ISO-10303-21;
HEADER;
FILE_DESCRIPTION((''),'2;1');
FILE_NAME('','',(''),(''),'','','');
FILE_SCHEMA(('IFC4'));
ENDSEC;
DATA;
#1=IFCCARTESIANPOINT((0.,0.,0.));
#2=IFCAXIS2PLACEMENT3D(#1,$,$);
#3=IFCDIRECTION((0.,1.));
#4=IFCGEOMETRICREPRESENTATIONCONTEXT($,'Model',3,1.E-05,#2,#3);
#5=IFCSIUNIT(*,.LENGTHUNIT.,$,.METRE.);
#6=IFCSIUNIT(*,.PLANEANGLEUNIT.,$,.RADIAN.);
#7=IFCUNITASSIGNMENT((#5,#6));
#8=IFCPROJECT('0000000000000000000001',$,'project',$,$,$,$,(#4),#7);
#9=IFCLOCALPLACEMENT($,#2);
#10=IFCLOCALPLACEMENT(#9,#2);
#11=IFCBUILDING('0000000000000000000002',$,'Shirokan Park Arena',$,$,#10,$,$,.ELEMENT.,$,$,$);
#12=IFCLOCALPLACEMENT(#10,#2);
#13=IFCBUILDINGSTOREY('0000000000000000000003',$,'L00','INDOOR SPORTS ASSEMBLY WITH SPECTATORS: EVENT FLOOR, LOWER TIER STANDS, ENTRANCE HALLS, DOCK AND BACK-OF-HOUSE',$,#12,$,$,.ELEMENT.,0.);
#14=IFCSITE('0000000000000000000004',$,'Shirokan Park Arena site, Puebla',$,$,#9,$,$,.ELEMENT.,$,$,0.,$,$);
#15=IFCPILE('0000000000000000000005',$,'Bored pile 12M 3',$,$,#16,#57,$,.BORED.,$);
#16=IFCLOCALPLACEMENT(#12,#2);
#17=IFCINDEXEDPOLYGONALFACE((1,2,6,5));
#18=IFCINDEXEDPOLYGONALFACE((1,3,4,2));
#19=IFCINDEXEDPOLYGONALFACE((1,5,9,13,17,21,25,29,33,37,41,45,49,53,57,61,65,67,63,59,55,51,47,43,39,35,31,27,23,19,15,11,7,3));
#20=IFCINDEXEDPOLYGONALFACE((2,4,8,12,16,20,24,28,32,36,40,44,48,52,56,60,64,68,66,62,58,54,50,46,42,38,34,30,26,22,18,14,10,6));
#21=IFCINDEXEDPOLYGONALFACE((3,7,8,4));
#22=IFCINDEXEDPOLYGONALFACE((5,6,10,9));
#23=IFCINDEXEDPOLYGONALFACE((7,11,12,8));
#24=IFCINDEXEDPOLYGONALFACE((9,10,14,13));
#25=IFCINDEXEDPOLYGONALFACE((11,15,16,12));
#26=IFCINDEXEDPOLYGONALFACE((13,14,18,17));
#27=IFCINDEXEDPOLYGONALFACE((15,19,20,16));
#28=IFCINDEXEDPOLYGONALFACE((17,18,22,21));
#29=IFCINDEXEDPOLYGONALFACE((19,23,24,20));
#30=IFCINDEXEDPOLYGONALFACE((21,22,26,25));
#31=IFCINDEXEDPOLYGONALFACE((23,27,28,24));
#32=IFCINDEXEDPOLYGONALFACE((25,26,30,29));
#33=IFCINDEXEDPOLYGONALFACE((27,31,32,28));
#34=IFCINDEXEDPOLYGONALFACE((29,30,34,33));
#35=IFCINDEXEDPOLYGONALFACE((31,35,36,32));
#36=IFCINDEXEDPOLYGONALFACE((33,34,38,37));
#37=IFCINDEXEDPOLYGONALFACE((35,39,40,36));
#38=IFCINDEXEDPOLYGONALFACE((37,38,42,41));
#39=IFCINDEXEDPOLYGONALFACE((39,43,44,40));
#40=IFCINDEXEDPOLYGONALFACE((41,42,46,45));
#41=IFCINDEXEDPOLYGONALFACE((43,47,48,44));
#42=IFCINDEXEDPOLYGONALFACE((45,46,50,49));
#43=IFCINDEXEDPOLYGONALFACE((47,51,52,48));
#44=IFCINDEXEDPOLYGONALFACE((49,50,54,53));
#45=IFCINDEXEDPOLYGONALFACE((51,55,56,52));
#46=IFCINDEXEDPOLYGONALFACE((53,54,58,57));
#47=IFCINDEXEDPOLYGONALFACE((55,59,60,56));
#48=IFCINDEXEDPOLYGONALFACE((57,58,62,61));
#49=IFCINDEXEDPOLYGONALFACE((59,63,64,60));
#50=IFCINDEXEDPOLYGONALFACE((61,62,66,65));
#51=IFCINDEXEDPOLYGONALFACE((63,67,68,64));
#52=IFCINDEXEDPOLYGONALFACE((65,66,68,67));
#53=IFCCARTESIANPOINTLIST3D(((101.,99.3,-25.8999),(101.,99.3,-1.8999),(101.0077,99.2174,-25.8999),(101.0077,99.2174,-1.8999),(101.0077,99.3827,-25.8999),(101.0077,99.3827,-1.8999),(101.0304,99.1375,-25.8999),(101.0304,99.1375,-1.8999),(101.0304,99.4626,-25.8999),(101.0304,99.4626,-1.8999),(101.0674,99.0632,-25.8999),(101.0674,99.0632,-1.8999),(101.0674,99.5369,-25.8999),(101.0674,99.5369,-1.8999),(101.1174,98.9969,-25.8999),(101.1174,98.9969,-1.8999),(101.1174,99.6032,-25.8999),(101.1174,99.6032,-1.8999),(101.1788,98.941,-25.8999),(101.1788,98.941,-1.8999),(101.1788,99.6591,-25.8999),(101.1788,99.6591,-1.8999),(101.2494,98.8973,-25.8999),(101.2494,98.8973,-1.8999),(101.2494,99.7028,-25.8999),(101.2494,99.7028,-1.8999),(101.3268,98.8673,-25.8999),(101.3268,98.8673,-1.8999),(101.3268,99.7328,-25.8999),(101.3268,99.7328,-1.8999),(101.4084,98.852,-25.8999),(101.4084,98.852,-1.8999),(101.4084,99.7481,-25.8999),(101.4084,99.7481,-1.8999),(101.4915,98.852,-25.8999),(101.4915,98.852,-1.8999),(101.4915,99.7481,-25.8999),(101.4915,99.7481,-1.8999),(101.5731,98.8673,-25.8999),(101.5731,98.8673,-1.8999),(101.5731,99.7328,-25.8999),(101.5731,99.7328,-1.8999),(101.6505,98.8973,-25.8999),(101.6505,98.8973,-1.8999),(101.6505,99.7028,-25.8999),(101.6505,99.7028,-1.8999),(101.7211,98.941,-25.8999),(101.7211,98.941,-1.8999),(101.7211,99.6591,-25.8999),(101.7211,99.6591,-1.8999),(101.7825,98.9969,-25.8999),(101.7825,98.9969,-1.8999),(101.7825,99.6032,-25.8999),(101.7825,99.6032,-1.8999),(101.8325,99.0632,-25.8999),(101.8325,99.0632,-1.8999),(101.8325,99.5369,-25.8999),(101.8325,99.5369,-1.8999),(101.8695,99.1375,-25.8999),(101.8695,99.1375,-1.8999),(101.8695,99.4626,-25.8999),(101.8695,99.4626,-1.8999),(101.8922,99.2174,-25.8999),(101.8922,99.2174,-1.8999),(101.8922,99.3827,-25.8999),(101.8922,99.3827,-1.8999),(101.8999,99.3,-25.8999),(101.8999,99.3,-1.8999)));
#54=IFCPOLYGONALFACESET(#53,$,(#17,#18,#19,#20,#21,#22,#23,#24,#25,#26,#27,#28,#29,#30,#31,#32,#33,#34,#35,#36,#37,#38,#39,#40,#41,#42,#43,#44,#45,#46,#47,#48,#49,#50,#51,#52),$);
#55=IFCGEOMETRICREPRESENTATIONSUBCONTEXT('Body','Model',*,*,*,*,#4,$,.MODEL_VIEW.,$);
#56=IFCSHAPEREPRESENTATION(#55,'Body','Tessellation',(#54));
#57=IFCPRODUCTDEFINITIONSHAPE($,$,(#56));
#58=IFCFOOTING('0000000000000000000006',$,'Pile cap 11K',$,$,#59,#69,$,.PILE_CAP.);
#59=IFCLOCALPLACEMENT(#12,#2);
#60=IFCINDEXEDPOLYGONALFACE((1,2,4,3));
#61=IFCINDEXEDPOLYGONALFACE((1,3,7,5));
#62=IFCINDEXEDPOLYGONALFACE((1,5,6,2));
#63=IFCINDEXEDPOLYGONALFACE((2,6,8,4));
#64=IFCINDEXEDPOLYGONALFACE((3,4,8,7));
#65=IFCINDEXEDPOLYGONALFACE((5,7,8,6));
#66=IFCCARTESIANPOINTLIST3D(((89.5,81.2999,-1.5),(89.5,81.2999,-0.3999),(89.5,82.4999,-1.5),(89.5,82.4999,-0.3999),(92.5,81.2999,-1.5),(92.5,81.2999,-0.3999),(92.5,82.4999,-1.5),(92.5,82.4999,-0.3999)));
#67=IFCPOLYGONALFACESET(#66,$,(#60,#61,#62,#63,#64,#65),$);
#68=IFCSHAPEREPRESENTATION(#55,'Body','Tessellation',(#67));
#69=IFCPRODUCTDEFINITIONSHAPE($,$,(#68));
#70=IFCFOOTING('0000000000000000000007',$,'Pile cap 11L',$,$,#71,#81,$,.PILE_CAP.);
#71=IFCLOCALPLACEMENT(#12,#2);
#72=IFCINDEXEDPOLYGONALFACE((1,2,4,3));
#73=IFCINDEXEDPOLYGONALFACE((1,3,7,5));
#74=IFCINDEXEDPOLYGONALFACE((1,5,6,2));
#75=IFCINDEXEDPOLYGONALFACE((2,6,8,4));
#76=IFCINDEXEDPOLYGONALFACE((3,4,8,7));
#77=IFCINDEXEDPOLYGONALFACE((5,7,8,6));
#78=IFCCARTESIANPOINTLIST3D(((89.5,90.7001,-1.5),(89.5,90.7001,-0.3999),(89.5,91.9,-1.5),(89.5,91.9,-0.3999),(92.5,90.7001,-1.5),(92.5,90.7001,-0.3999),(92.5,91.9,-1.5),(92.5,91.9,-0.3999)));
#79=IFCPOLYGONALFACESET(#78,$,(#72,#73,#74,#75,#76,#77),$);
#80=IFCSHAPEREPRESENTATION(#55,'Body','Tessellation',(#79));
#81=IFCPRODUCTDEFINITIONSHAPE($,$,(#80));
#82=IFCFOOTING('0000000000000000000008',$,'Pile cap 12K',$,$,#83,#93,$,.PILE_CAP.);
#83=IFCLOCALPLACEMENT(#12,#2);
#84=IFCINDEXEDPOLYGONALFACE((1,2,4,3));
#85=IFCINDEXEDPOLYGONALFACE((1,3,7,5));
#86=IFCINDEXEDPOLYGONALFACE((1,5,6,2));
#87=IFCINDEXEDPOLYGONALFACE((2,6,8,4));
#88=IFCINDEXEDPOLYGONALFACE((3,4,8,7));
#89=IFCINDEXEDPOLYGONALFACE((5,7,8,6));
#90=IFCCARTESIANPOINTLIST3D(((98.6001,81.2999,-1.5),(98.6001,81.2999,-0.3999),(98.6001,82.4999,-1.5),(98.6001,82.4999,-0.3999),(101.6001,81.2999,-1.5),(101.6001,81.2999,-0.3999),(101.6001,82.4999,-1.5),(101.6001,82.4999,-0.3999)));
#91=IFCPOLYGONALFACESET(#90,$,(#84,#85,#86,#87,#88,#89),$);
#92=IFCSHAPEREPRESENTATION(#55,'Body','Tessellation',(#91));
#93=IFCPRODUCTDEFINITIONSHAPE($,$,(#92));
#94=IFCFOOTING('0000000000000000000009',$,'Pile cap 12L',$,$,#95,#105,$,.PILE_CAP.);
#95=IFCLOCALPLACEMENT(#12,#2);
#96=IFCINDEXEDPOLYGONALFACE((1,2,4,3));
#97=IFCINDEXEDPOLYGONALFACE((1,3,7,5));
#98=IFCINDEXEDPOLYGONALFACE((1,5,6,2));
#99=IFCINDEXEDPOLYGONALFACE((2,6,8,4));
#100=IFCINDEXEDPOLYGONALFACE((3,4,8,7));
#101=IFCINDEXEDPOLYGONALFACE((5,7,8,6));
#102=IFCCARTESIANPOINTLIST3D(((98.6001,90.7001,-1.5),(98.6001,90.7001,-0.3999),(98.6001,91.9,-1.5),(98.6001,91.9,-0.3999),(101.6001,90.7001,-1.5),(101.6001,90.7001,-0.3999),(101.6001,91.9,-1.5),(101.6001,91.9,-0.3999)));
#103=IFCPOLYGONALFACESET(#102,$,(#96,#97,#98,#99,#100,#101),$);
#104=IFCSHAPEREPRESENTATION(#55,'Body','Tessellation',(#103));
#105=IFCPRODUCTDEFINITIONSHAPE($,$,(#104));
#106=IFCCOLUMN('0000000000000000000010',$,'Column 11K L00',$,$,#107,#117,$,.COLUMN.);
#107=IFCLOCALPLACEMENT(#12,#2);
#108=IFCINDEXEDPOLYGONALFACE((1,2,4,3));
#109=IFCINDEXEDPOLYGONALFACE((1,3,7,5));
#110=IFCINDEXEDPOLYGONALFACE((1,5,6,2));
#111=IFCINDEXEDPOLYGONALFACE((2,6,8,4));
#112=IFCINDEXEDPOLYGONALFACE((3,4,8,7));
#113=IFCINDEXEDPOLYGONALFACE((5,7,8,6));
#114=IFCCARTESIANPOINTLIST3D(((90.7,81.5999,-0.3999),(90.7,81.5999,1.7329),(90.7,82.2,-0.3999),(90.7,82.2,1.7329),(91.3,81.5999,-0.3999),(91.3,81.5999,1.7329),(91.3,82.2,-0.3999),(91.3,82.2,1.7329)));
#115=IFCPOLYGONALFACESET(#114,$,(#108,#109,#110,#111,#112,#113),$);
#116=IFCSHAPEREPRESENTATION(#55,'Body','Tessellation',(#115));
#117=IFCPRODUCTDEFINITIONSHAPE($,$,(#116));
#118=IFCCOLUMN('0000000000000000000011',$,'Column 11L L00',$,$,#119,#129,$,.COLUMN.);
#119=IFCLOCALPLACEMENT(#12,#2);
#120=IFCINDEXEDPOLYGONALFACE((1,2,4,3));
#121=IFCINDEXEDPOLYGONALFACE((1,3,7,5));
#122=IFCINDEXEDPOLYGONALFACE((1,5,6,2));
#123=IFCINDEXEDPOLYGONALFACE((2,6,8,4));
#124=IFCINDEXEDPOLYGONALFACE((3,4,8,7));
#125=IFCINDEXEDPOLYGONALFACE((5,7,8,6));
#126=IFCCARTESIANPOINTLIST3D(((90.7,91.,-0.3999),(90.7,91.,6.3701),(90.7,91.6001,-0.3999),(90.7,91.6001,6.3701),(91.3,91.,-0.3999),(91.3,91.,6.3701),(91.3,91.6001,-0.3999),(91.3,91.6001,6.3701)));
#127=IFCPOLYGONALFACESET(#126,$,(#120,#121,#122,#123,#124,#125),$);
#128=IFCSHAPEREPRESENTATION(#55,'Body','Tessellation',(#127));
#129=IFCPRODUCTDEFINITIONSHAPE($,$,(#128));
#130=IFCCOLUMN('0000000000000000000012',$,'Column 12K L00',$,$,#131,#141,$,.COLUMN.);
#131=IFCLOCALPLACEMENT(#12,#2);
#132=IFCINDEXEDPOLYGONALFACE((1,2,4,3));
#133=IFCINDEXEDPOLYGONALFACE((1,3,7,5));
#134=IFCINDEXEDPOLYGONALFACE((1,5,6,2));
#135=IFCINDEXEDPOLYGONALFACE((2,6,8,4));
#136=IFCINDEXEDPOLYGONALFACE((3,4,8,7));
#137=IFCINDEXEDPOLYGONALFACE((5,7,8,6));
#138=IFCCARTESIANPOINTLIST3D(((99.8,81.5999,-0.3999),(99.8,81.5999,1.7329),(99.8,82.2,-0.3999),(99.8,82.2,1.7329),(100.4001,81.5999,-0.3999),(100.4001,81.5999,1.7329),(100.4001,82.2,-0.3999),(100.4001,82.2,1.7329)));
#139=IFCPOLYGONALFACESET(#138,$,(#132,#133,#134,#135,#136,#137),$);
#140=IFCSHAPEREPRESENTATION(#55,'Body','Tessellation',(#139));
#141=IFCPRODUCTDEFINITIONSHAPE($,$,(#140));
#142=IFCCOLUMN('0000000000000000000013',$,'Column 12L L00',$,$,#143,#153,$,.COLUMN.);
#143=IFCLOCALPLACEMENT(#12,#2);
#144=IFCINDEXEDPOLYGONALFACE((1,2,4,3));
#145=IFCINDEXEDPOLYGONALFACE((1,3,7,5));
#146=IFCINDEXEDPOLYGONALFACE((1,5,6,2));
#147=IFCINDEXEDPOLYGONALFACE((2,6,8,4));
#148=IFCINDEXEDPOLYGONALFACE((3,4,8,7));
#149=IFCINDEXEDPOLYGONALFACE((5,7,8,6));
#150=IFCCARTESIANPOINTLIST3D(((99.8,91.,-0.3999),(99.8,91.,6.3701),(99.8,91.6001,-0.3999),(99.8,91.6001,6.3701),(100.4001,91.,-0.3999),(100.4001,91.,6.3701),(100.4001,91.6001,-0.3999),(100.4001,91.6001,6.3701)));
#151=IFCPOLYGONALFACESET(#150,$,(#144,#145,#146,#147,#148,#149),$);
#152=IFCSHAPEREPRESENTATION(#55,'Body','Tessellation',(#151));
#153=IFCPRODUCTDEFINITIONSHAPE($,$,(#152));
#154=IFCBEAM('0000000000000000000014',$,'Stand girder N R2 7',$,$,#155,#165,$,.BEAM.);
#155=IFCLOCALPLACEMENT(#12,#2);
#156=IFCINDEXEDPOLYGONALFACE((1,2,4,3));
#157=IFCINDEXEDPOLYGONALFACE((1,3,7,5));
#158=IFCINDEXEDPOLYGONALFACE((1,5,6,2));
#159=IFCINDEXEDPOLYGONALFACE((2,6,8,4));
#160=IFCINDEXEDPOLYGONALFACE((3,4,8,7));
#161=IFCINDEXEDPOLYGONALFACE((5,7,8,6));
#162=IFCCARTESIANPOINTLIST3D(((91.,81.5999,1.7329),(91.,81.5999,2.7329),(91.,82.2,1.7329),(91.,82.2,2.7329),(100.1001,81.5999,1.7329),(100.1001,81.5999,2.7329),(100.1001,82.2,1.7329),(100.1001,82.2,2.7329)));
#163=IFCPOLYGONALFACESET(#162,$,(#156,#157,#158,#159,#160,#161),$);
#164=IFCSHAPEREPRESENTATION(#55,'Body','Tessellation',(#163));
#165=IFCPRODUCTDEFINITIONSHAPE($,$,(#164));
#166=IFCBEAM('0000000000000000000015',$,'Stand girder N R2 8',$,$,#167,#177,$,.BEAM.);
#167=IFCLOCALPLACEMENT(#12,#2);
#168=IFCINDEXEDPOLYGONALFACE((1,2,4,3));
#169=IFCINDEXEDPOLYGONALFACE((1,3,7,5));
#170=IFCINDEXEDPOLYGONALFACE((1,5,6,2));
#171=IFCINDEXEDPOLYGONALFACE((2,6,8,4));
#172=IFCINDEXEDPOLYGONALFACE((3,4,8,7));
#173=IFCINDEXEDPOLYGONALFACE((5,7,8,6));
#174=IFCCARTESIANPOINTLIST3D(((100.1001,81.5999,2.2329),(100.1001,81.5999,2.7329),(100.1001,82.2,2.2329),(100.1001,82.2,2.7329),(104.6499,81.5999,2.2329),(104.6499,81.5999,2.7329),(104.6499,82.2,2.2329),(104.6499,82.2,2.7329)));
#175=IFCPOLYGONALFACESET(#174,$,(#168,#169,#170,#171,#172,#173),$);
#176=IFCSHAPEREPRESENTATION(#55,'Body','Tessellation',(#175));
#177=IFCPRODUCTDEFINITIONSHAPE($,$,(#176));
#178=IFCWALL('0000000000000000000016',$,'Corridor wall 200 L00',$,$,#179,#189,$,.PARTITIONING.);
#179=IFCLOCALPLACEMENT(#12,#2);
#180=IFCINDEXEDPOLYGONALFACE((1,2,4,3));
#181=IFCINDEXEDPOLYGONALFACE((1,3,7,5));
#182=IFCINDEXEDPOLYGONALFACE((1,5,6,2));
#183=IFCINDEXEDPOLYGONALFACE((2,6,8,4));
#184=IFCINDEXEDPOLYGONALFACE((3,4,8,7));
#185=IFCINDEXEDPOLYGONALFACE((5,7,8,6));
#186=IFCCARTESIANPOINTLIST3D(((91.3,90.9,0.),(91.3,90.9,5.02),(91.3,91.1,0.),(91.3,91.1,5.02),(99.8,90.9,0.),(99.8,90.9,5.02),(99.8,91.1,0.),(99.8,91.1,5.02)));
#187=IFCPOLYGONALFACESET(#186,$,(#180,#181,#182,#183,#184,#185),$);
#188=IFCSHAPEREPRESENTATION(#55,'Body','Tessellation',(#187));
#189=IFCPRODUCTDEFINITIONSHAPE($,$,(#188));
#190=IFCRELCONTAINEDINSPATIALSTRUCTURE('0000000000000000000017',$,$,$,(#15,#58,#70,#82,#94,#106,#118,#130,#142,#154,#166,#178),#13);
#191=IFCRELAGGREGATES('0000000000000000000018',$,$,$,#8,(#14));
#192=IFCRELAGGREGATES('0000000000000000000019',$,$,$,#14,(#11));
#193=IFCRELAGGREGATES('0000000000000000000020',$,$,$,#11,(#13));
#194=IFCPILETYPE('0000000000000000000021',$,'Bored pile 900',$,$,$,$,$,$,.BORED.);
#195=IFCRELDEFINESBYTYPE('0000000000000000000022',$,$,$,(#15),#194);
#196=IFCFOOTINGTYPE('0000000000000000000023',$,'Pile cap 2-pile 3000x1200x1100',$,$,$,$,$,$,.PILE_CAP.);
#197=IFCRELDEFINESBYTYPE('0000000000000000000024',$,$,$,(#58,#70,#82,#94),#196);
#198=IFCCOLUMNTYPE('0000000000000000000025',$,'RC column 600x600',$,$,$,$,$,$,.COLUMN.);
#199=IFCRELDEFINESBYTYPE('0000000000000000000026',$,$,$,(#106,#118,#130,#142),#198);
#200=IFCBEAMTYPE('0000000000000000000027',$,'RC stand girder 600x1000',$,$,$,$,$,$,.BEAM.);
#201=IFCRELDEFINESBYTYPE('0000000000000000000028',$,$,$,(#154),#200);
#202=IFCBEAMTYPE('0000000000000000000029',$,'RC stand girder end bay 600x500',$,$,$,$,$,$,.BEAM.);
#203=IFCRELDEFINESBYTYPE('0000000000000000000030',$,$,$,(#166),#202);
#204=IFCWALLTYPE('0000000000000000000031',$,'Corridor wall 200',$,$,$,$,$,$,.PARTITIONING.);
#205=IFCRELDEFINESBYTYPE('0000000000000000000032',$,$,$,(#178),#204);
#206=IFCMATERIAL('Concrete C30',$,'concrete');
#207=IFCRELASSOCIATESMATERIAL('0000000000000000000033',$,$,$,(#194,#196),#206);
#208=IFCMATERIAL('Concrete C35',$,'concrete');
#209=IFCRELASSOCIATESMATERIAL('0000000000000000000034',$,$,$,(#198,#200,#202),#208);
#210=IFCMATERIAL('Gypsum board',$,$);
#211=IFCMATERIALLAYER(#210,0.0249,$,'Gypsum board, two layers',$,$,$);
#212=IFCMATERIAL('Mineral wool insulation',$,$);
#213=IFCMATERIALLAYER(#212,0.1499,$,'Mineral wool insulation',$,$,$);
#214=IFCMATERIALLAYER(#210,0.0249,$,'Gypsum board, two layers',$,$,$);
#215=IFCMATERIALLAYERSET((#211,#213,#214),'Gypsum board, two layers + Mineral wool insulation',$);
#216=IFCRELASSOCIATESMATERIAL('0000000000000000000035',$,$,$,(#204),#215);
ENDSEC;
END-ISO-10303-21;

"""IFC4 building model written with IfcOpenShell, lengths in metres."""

from ifc_helpers import new_model, si_unit, direction, frame, frame_2d, origin, origin_2d, place, context, subcontext, project, spatial, rectangle, circle, extrude, material, layer, layer_set, material_profile, profile_set, type_object, element, save


model = new_model("IFC4")

# Units and contexts
model_context = context("Model", 3, precision=1e-05, world=origin(), true_north=direction((0.0, 1.0)))
body_context = subcontext(model_context, "Body", "Model", "MODEL_VIEW")
ifc_project = project(units=[si_unit("LENGTHUNIT", "METRE"), si_unit("PLANEANGLEUNIT", "RADIAN")], contexts=[model_context])

# Site, building, storey
site_placement = place(None, origin())
site = spatial("IfcSite", under=ifc_project, at=site_placement, Name="Shirokan Park Arena site, Puebla", CompositionType="ELEMENT", RefElevation=0.0)
building_placement = place(site_placement, origin())
building = spatial("IfcBuilding", under=site, at=building_placement, Name="Shirokan Park Arena", CompositionType="ELEMENT")
storey_placement = place(building_placement, origin())
storey = spatial("IfcBuildingStorey", under=building, at=storey_placement, Name="L00", Description="INDOOR SPORTS ASSEMBLY WITH SPECTATORS: EVENT FLOOR, LOWER TIER STANDS, ENTRANCE HALLS, DOCK AND BACK-OF-HOUSE", CompositionType="ELEMENT", Elevation=0.0)

# Pile
ifc_material_1 = material(Name="Concrete C30", Category="concrete")
ifc_material_profile_1 = material_profile(ifc_material_1, circle(Radius=0.45, at=origin_2d()), Name="D900")
ifc_profile_set_1 = profile_set([ifc_material_profile_1], Name="Concrete C30")
pile_type_1 = type_object("IfcPileType", Name="Bored pile 900", PredefinedType="BORED", material=ifc_profile_set_1)
for number, where, z_axis, x_axis, name in (
    (1, (101.45, 99.3, -1.8999), (0.0, 0.0, -1.0), (1.0, 0.0, 0.0), "Bored pile 12M 3"),
):
    element("IfcPile", number, at=place(storey_placement, frame(where, z_axis=z_axis, x_axis=x_axis)), inside=storey, type_object=pile_type_1, Name=name, PredefinedType="BORED", context=body_context, shape_type="SweptSolid", body=[
        extrude(circle(Radius=0.45, at=origin_2d()), origin(), (0.0, 0.0, 1.0), 24.0),
    ])

# Footings
footing_type = type_object("IfcFootingType", Name="Pile cap 2-pile 3000x1200x1100", PredefinedType="PILE_CAP", material=ifc_material_1)
for number, where, z_axis, x_axis, name in (
    (2, (91.0, 81.8999, -1.5), (0.0, 0.0, 1.0), (1.0, 0.0, 0.0), "Pile cap 11K"),
    (3, (91.0, 91.3, -1.5), (0.0, 0.0, 1.0), (1.0, 0.0, 0.0), "Pile cap 11L"),
    (4, (100.1001, 81.8999, -1.5), (0.0, 0.0, 1.0), (1.0, 0.0, 0.0), "Pile cap 12K"),
    (5, (100.1001, 91.3, -1.5), (0.0, 0.0, 1.0), (1.0, 0.0, 0.0), "Pile cap 12L"),
):
    element("IfcFooting", number, at=place(storey_placement, frame(where, z_axis=z_axis, x_axis=x_axis)), inside=storey, type_object=footing_type, Name=name, PredefinedType="PILE_CAP", context=body_context, shape_type="SweptSolid", body=[
        extrude(rectangle(XDim=3.0, YDim=1.2, at=origin_2d()), origin(), (0.0, 0.0, 1.0), 1.1001),
    ])

# Columns
ifc_material_2 = material(Name="Concrete C35", Category="concrete")
ifc_material_profile_2 = material_profile(ifc_material_2, rectangle(XDim=0.6001, YDim=0.6001, at=origin_2d()), Name="600x600")
ifc_profile_set_2 = profile_set([ifc_material_profile_2], Name="Concrete C35")
column_type = type_object("IfcColumnType", Name="RC column 600x600", PredefinedType="COLUMN", material=ifc_profile_set_2)
column_1_placement = place(storey_placement, frame((91.0, 81.8999, -0.3999), z_axis=(0.0, 0.0, 1.0), x_axis=(1.0, 0.0, 0.0)))
element("IfcColumn", 6, at=column_1_placement, inside=storey, type_object=column_type, Name="Column 11K L00", PredefinedType="COLUMN", context=body_context, shape_type="SweptSolid", body=[
    extrude(rectangle(XDim=0.6001, YDim=0.6001, at=origin_2d()), origin(), (0.0, 0.0, 1.0), 2.1328),
])
column_2_placement = place(storey_placement, frame((91.0, 91.3, -0.3999), z_axis=(0.0, 0.0, 1.0), x_axis=(1.0, 0.0, 0.0)))
element("IfcColumn", 7, at=column_2_placement, inside=storey, type_object=column_type, Name="Column 11L L00", PredefinedType="COLUMN", context=body_context, shape_type="SweptSolid", body=[
    extrude(rectangle(XDim=0.6001, YDim=0.6001, at=origin_2d()), origin(), (0.0, 0.0, 1.0), 6.77),
])
column_3_placement = place(storey_placement, frame((100.1001, 81.8999, -0.3999), z_axis=(0.0, 0.0, 1.0), x_axis=(1.0, 0.0, 0.0)))
element("IfcColumn", 8, at=column_3_placement, inside=storey, type_object=column_type, Name="Column 12K L00", PredefinedType="COLUMN", context=body_context, shape_type="SweptSolid", body=[
    extrude(rectangle(XDim=0.6001, YDim=0.6001, at=origin_2d()), origin(), (0.0, 0.0, 1.0), 2.1328),
])
column_4_placement = place(storey_placement, frame((100.1001, 91.3, -0.3999), z_axis=(0.0, 0.0, 1.0), x_axis=(1.0, 0.0, 0.0)))
element("IfcColumn", 9, at=column_4_placement, inside=storey, type_object=column_type, Name="Column 12L L00", PredefinedType="COLUMN", context=body_context, shape_type="SweptSolid", body=[
    extrude(rectangle(XDim=0.6001, YDim=0.6001, at=origin_2d()), origin(), (0.0, 0.0, 1.0), 6.77),
])

# Beams
ifc_material_profile_3 = material_profile(ifc_material_2, rectangle(XDim=0.6001, YDim=1.0, at=origin_2d()), Name="600x1000")
ifc_profile_set_3 = profile_set([ifc_material_profile_3], Name="Concrete C35")
beam_type_1 = type_object("IfcBeamType", Name="RC stand girder 600x1000", PredefinedType="BEAM", material=ifc_profile_set_3)
beam_1_placement = place(storey_placement, frame((91.0, 81.8999, 2.2329), z_axis=(1.0, 0.0, 0.0), x_axis=(0.0, 1.0, 0.0)))
element("IfcBeam", 10, at=beam_1_placement, inside=storey, type_object=beam_type_1, Name="Stand girder N R2 7", PredefinedType="BEAM", context=body_context, shape_type="SweptSolid", body=[
    extrude(rectangle(XDim=0.6001, YDim=1.0, at=origin_2d()), origin(), (0.0, 0.0, 1.0), 9.1001),
])
ifc_material_profile_4 = material_profile(ifc_material_2, rectangle(XDim=0.6001, YDim=0.5, at=origin_2d()), Name="600x500")
ifc_profile_set_4 = profile_set([ifc_material_profile_4], Name="Concrete C35")
beam_type_2 = type_object("IfcBeamType", Name="RC stand girder end bay 600x500", PredefinedType="BEAM", material=ifc_profile_set_4)
beam_2_placement = place(storey_placement, frame((100.1001, 81.8999, 2.4829), z_axis=(1.0, 0.0, 0.0), x_axis=(0.0, 1.0, 0.0)))
element("IfcBeam", 11, at=beam_2_placement, inside=storey, type_object=beam_type_2, Name="Stand girder N R2 8", PredefinedType="BEAM", context=body_context, shape_type="SweptSolid", body=[
    extrude(rectangle(XDim=0.6001, YDim=0.5, at=origin_2d()), origin(), (0.0, 0.0, 1.0), 4.5498),
])

# Wall
ifc_material_3 = material(Name="Gypsum board")
ifc_layer_1 = layer(ifc_material_3, 0.0249, Name="Gypsum board, two layers")
ifc_material_4 = material(Name="Mineral wool insulation")
ifc_layer_2 = layer(ifc_material_4, 0.1499, Name="Mineral wool insulation")
ifc_layer_3 = layer(ifc_material_3, 0.0249, Name="Gypsum board, two layers")
ifc_layer_set_1 = layer_set([ifc_layer_1, ifc_layer_2, ifc_layer_3], Name="Gypsum board, two layers + Mineral wool insulation")
wall_type_1 = type_object("IfcWallType", Name="Corridor wall 200", PredefinedType="PARTITIONING", material=ifc_layer_set_1)
wall_1_placement = place(storey_placement, frame((99.8, 91.0, 0.0), z_axis=(0.0, 0.0, 1.0), x_axis=(-1.0, 0.0, 0.0)))
element("IfcWall", 12, at=wall_1_placement, inside=storey, type_object=wall_type_1, Name="Corridor wall 200 L00", PredefinedType="PARTITIONING", context=body_context, shape_type="SweptSolid", body=[
    extrude(rectangle(XDim=8.5, YDim=0.2, at=frame_2d((4.25, 0.0))), origin(), (0.0, 0.0, 1.0), 5.02),
])

save(model, "model.ifc")
